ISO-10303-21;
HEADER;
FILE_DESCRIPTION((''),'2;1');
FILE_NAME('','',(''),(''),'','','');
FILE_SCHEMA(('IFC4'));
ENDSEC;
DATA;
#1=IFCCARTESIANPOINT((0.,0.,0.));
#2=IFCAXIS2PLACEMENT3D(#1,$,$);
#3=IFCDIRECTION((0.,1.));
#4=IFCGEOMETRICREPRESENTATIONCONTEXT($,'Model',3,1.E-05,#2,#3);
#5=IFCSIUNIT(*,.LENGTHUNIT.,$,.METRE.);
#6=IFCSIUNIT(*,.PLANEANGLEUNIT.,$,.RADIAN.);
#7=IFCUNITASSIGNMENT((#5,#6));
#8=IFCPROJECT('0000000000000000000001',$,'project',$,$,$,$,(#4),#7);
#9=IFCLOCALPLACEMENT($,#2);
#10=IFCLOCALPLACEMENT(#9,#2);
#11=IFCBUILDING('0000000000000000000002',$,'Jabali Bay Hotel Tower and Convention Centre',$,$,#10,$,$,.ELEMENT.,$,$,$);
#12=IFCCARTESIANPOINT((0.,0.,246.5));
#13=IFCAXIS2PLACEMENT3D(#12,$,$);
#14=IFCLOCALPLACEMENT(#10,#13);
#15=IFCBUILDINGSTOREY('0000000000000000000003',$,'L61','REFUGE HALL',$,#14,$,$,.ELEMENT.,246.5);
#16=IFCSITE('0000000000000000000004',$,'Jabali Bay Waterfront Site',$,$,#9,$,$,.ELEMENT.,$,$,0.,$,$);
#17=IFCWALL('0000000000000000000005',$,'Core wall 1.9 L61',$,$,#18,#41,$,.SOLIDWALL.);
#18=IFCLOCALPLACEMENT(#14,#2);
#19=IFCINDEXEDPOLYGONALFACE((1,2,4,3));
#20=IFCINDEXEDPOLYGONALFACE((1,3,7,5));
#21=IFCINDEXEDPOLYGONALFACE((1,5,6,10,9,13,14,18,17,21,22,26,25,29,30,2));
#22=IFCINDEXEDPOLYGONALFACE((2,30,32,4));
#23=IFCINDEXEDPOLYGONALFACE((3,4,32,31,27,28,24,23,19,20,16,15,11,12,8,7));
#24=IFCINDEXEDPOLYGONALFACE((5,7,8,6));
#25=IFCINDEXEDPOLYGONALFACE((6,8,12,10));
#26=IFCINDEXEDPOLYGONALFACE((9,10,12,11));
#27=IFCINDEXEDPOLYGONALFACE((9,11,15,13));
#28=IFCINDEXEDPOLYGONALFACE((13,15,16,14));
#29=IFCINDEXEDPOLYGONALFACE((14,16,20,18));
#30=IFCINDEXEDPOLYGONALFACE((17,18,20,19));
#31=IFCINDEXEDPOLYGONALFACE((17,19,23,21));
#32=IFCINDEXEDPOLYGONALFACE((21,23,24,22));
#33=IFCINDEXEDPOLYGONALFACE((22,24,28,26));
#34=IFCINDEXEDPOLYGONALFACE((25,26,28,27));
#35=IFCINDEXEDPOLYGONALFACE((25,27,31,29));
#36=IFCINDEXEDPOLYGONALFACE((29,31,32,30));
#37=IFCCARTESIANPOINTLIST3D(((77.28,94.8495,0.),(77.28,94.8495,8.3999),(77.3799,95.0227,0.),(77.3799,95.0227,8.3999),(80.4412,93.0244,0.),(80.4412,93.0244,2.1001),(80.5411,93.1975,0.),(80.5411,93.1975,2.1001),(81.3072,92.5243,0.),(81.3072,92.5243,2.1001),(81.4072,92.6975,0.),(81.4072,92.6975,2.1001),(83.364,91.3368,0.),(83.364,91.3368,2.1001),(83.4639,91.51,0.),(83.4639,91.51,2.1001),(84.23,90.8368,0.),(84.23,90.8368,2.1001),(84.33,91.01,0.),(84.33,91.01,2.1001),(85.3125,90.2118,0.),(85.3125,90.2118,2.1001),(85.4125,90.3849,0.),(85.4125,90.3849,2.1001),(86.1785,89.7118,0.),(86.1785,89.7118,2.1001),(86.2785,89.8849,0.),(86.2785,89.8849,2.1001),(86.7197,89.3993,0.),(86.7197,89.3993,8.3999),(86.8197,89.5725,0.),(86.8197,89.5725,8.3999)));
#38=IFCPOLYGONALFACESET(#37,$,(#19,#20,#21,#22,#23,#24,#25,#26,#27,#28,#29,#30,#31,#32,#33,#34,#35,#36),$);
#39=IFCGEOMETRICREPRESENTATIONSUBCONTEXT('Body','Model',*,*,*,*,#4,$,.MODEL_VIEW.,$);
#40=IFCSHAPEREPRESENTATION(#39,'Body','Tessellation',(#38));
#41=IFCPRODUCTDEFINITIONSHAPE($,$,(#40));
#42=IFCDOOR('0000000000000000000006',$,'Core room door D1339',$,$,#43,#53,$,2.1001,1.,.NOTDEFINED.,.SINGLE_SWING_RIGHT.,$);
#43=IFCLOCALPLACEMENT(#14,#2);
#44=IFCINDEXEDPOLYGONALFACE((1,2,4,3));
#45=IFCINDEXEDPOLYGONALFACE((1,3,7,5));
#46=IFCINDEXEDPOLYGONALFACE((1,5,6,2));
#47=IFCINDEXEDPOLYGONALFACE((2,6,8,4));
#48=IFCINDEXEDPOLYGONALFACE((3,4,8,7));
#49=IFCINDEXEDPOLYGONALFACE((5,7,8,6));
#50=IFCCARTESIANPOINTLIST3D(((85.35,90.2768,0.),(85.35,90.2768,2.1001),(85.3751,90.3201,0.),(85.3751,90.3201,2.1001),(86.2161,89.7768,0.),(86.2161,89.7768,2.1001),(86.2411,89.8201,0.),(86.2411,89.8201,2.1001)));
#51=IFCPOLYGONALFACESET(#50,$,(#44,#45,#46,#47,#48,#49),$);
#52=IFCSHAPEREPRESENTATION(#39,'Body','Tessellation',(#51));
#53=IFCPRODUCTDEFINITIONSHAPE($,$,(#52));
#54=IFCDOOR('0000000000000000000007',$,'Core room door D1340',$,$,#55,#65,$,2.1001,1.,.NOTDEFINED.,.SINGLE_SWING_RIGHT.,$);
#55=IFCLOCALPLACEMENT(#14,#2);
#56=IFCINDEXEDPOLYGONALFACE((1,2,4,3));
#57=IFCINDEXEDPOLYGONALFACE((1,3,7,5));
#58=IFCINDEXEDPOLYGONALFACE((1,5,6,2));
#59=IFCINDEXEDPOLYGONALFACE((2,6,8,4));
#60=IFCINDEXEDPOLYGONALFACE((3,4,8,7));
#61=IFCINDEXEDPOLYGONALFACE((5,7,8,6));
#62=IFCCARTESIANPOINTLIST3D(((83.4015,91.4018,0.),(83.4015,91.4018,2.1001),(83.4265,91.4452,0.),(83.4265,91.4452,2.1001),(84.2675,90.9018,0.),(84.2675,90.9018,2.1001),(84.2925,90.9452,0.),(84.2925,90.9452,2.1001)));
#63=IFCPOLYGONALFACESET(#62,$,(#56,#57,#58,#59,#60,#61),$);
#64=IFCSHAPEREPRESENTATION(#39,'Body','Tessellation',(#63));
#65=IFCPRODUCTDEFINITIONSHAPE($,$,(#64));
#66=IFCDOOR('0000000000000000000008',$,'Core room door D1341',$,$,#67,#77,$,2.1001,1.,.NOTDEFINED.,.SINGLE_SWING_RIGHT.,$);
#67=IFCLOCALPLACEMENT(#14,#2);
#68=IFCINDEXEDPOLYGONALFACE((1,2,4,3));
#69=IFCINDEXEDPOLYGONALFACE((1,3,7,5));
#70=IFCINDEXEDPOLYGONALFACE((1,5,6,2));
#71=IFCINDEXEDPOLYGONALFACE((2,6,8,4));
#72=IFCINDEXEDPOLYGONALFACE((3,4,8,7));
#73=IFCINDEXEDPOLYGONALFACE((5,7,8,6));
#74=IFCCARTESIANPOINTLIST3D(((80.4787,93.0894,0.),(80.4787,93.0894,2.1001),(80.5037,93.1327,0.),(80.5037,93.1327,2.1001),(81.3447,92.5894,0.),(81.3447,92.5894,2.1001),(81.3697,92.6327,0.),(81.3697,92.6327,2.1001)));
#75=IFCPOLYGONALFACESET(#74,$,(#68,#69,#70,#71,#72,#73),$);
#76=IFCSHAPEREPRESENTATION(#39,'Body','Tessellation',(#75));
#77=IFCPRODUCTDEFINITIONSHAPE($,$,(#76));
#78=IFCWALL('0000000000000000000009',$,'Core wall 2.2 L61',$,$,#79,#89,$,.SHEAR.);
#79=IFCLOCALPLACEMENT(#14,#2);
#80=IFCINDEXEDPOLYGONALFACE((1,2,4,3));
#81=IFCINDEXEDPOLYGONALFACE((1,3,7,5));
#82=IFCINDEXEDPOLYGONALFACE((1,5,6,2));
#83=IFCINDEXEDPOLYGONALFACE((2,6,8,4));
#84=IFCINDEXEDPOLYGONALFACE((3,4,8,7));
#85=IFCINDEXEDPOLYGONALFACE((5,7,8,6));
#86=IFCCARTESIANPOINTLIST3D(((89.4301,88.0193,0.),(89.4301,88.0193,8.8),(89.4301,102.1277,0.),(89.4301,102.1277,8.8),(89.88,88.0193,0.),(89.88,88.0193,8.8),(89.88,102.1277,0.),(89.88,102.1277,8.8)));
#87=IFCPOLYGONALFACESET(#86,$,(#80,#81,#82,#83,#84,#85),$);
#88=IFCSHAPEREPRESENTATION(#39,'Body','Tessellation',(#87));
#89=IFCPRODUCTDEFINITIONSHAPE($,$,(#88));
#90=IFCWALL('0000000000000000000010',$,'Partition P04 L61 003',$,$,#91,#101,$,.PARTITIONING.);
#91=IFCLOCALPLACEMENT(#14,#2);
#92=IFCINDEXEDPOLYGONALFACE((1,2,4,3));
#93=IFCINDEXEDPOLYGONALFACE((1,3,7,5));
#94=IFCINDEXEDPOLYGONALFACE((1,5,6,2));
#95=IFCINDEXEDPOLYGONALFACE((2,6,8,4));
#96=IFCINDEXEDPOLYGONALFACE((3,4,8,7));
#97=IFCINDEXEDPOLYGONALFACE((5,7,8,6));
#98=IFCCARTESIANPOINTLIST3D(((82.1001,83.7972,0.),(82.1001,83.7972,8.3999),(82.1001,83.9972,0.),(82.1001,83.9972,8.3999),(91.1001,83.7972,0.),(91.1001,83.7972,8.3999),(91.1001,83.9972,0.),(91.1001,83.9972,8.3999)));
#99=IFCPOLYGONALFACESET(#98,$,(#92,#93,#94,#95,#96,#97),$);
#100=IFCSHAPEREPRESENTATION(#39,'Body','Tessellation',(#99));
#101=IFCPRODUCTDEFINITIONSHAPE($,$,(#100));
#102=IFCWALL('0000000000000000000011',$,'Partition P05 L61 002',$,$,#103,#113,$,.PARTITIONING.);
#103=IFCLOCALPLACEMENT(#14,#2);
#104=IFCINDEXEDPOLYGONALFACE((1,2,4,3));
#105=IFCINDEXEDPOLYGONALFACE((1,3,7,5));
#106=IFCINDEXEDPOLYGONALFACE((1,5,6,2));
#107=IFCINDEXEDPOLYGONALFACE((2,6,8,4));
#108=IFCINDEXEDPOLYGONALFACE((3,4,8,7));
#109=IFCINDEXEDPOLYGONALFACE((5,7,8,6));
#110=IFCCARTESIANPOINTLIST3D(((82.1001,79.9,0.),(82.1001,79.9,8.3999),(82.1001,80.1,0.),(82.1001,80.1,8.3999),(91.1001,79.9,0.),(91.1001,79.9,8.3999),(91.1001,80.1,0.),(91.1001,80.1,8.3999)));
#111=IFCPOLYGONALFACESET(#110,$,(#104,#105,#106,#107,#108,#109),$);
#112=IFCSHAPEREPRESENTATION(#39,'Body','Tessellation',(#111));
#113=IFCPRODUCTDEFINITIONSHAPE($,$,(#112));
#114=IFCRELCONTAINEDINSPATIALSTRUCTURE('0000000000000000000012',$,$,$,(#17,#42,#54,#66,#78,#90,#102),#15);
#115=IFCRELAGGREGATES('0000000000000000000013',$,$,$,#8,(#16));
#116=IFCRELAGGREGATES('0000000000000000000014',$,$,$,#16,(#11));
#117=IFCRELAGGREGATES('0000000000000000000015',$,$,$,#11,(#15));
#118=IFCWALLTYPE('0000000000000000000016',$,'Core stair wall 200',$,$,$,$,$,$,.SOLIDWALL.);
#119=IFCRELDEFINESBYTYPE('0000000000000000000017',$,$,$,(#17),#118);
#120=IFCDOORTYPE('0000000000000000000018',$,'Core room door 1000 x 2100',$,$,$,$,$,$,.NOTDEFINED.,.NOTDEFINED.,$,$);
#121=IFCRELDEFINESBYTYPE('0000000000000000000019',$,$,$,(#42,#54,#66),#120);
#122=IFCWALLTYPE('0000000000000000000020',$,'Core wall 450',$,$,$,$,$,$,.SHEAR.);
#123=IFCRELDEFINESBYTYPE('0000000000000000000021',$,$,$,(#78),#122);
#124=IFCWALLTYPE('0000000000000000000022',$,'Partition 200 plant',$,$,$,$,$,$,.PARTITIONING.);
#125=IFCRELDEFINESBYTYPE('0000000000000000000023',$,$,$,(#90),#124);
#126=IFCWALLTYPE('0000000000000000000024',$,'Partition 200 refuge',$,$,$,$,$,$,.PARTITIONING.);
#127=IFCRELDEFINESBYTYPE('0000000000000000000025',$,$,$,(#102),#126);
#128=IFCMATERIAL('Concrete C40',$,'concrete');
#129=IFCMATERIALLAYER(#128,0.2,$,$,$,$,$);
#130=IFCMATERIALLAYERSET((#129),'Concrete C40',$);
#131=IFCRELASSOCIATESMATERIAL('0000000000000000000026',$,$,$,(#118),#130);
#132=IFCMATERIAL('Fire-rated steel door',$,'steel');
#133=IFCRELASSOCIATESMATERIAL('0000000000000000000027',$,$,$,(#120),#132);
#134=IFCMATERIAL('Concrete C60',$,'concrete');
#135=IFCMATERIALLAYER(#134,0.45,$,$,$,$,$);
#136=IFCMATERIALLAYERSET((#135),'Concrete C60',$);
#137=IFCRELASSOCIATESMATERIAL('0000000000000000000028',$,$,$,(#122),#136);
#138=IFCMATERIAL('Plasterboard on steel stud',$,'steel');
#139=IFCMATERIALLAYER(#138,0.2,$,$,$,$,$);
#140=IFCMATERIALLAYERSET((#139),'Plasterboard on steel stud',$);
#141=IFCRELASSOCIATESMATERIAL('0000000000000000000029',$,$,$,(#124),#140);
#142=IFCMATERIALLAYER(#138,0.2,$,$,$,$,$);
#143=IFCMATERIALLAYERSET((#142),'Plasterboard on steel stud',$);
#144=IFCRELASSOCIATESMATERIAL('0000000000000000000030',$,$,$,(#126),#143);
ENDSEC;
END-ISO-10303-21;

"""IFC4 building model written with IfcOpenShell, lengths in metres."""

from ifc_helpers import new_model, si_unit, direction, frame, frame_2d, origin, place, context, subcontext, project, spatial, rectangle, extrude, material, layer, layer_set, type_object, element, fill, save


model = new_model("IFC4")

# Units and contexts
model_context = context("Model", 3, precision=1e-05, world=origin(), true_north=direction((0.0, 1.0)))
body_context = subcontext(model_context, "Body", "Model", "MODEL_VIEW")
ifc_project = project(units=[si_unit("LENGTHUNIT", "METRE"), si_unit("PLANEANGLEUNIT", "RADIAN")], contexts=[model_context])

# Site, building, storey
site_placement = place(None, origin())
site = spatial("IfcSite", under=ifc_project, at=site_placement, Name="Jabali Bay Waterfront Site", CompositionType="ELEMENT", RefElevation=0.0)
building_placement = place(site_placement, origin())
building = spatial("IfcBuilding", under=site, at=building_placement, Name="Jabali Bay Hotel Tower and Convention Centre", CompositionType="ELEMENT")
storey_placement = place(building_placement, frame((0.0, 0.0, 246.5)))
storey = spatial("IfcBuildingStorey", under=building, at=storey_placement, Name="L61", Description="REFUGE HALL", CompositionType="ELEMENT", Elevation=246.5)

# Shared definitions
ifc_material_1 = material(Name="Concrete C60", Category="concrete")

# Shared definitions
ifc_material_2 = material(Name="Concrete C40", Category="concrete")
ifc_layer_1 = layer(ifc_material_2, 0.2)
ifc_layer_set_1 = layer_set([ifc_layer_1], Name="Concrete C40")
wall_type_1 = type_object("IfcWallType", Name="Core stair wall 200", PredefinedType="SOLIDWALL", material=ifc_layer_set_1)

# Wall, openings, doors
wall_1_placement = place(storey_placement, frame((86.7698, 89.4858, 0.0), z_axis=(0.0, 0.0, 1.0), x_axis=(-0.866018, 0.500013, 0.0)))
wall_1 = element("IfcWall", 1, at=wall_1_placement, inside=storey, type_object=wall_type_1, Name="Core wall 1.9 L61", PredefinedType="SOLIDWALL", context=body_context, shape_type="SweptSolid", body=[
    extrude(rectangle(XDim=10.9001, YDim=0.2, at=frame_2d((5.4502, 0.0))), origin(), (0.0, 0.0, 1.0), 8.3999),
])
opening_1_placement = place(wall_1_placement, frame((0.625, 0.0, 0.0)))
opening_1 = element("IfcOpeningElement", 2, at=opening_1_placement, cuts=wall_1, PredefinedType="OPENING", context=body_context, shape_type="SweptSolid", body=[
    extrude(rectangle(XDim=1.0, YDim=2.1001, at=frame_2d((0.5, 1.05))), frame((0.0, 0.1104, 0.0), z_axis=(0.0, -1.0, 0.0), x_axis=(1.0, 0.0, 0.0)), (0.0, 0.0, 1.0), 0.2209),
])
opening_2_placement = place(wall_1_placement, frame((2.875, 0.0, 0.0)))
opening_2 = element("IfcOpeningElement", 3, at=opening_2_placement, cuts=wall_1, PredefinedType="OPENING", context=body_context, shape_type="SweptSolid", body=[
    extrude(rectangle(XDim=1.0, YDim=2.1001, at=frame_2d((0.5, 1.05))), frame((0.0, 0.1104, 0.0), z_axis=(0.0, -1.0, 0.0), x_axis=(1.0, 0.0, 0.0)), (0.0, 0.0, 1.0), 0.2209),
])
opening_3_placement = place(wall_1_placement, frame((6.25, 0.0, 0.0)))
opening_3 = element("IfcOpeningElement", 4, at=opening_3_placement, cuts=wall_1, PredefinedType="OPENING", context=body_context, shape_type="SweptSolid", body=[
    extrude(rectangle(XDim=1.0, YDim=2.1001, at=frame_2d((0.5, 1.05))), frame((0.0, 0.1104, 0.0), z_axis=(0.0, -1.0, 0.0), x_axis=(1.0, 0.0, 0.0)), (0.0, 0.0, 1.0), 0.2209),
])
ifc_material_3 = material(Name="Fire-rated steel door", Category="steel")
door_type = type_object("IfcDoorType", Name="Core room door 1000 x 2100", OperationType="NOTDEFINED", PredefinedType="NOTDEFINED", material=ifc_material_3)
door_1_placement = place(opening_1_placement, origin())
door_1 = element("IfcDoor", 5, at=door_1_placement, inside=storey, type_object=door_type, Name="Core room door D1339", OperationType="SINGLE_SWING_RIGHT", OverallHeight=2.1001, OverallWidth=1.0, PredefinedType="NOTDEFINED", context=body_context, shape_type="SweptSolid", body=[
    extrude(rectangle(XDim=1.0, YDim=2.1001, at=frame_2d((0.5, 1.05))), frame((0.0, 0.0249, 0.0), z_axis=(0.0, -1.0, 0.0), x_axis=(1.0, 0.0, 0.0)), (0.0, 0.0, 1.0), 0.05),
])
fill(opening_1, door_1)
door_2_placement = place(opening_2_placement, origin())
door_2 = element("IfcDoor", 6, at=door_2_placement, inside=storey, type_object=door_type, Name="Core room door D1340", OperationType="SINGLE_SWING_RIGHT", OverallHeight=2.1001, OverallWidth=1.0, PredefinedType="NOTDEFINED", context=body_context, shape_type="SweptSolid", body=[
    extrude(rectangle(XDim=1.0, YDim=2.1001, at=frame_2d((0.5, 1.05))), frame((0.0, 0.0249, 0.0), z_axis=(0.0, -1.0, 0.0), x_axis=(1.0, 0.0, 0.0)), (0.0, 0.0, 1.0), 0.05),
])
fill(opening_2, door_2)
door_3_placement = place(opening_3_placement, origin())
door_3 = element("IfcDoor", 7, at=door_3_placement, inside=storey, type_object=door_type, Name="Core room door D1341", OperationType="SINGLE_SWING_RIGHT", OverallHeight=2.1001, OverallWidth=1.0, PredefinedType="NOTDEFINED", context=body_context, shape_type="SweptSolid", body=[
    extrude(rectangle(XDim=1.0, YDim=2.1001, at=frame_2d((0.5, 1.05))), frame((0.0, 0.0249, 0.0), z_axis=(0.0, -1.0, 0.0), x_axis=(1.0, 0.0, 0.0)), (0.0, 0.0, 1.0), 0.05),
])
fill(opening_3, door_3)

# Walls
ifc_layer_2 = layer(ifc_material_1, 0.45)
ifc_layer_set_2 = layer_set([ifc_layer_2], Name="Concrete C60")
wall_type_2 = type_object("IfcWallType", Name="Core wall 450", PredefinedType="SHEAR", material=ifc_layer_set_2)
wall_2_placement = place(storey_placement, frame((89.655, 88.0193, 0.0), z_axis=(0.0, 0.0, 1.0), x_axis=(0.0, 1.0, 0.0)))
element("IfcWall", 8, at=wall_2_placement, inside=storey, type_object=wall_type_2, Name="Core wall 2.2 L61", PredefinedType="SHEAR", context=body_context, shape_type="SweptSolid", body=[
    extrude(rectangle(XDim=14.1084, YDim=0.45, at=frame_2d((7.0542, 0.0))), origin(), (0.0, 0.0, 1.0), 8.8),
])
ifc_material_4 = material(Name="Plasterboard on steel stud", Category="steel")
ifc_layer_3 = layer(ifc_material_4, 0.2)
ifc_layer_set_3 = layer_set([ifc_layer_3], Name="Plasterboard on steel stud")
wall_type_3 = type_object("IfcWallType", Name="Partition 200 plant", PredefinedType="PARTITIONING", material=ifc_layer_set_3)
wall_3_placement = place(storey_placement, frame((91.1001, 83.8972, 0.0), z_axis=(0.0, 0.0, 1.0), x_axis=(-1.0, 0.0, 0.0)))
element("IfcWall", 9, at=wall_3_placement, inside=storey, type_object=wall_type_3, Name="Partition P04 L61 003", PredefinedType="PARTITIONING", context=body_context, shape_type="SweptSolid", body=[
    extrude(rectangle(XDim=9.0, YDim=0.2, at=frame_2d((4.5, 0.0))), origin(), (0.0, 0.0, 1.0), 8.3999),
])
ifc_layer_4 = layer(ifc_material_4, 0.2)
ifc_layer_set_4 = layer_set([ifc_layer_4], Name="Plasterboard on steel stud")
wall_type_4 = type_object("IfcWallType", Name="Partition 200 refuge", PredefinedType="PARTITIONING", material=ifc_layer_set_4)
wall_4_placement = place(storey_placement, frame((91.1001, 80.0, 0.0), z_axis=(0.0, 0.0, 1.0), x_axis=(-1.0, 0.0, 0.0)))
element("IfcWall", 10, at=wall_4_placement, inside=storey, type_object=wall_type_4, Name="Partition P05 L61 002", PredefinedType="PARTITIONING", context=body_context, shape_type="SweptSolid", body=[
    extrude(rectangle(XDim=9.0, YDim=0.2, at=frame_2d((4.5, 0.0))), origin(), (0.0, 0.0, 1.0), 8.3999),
])

save(model, "model.ifc")
